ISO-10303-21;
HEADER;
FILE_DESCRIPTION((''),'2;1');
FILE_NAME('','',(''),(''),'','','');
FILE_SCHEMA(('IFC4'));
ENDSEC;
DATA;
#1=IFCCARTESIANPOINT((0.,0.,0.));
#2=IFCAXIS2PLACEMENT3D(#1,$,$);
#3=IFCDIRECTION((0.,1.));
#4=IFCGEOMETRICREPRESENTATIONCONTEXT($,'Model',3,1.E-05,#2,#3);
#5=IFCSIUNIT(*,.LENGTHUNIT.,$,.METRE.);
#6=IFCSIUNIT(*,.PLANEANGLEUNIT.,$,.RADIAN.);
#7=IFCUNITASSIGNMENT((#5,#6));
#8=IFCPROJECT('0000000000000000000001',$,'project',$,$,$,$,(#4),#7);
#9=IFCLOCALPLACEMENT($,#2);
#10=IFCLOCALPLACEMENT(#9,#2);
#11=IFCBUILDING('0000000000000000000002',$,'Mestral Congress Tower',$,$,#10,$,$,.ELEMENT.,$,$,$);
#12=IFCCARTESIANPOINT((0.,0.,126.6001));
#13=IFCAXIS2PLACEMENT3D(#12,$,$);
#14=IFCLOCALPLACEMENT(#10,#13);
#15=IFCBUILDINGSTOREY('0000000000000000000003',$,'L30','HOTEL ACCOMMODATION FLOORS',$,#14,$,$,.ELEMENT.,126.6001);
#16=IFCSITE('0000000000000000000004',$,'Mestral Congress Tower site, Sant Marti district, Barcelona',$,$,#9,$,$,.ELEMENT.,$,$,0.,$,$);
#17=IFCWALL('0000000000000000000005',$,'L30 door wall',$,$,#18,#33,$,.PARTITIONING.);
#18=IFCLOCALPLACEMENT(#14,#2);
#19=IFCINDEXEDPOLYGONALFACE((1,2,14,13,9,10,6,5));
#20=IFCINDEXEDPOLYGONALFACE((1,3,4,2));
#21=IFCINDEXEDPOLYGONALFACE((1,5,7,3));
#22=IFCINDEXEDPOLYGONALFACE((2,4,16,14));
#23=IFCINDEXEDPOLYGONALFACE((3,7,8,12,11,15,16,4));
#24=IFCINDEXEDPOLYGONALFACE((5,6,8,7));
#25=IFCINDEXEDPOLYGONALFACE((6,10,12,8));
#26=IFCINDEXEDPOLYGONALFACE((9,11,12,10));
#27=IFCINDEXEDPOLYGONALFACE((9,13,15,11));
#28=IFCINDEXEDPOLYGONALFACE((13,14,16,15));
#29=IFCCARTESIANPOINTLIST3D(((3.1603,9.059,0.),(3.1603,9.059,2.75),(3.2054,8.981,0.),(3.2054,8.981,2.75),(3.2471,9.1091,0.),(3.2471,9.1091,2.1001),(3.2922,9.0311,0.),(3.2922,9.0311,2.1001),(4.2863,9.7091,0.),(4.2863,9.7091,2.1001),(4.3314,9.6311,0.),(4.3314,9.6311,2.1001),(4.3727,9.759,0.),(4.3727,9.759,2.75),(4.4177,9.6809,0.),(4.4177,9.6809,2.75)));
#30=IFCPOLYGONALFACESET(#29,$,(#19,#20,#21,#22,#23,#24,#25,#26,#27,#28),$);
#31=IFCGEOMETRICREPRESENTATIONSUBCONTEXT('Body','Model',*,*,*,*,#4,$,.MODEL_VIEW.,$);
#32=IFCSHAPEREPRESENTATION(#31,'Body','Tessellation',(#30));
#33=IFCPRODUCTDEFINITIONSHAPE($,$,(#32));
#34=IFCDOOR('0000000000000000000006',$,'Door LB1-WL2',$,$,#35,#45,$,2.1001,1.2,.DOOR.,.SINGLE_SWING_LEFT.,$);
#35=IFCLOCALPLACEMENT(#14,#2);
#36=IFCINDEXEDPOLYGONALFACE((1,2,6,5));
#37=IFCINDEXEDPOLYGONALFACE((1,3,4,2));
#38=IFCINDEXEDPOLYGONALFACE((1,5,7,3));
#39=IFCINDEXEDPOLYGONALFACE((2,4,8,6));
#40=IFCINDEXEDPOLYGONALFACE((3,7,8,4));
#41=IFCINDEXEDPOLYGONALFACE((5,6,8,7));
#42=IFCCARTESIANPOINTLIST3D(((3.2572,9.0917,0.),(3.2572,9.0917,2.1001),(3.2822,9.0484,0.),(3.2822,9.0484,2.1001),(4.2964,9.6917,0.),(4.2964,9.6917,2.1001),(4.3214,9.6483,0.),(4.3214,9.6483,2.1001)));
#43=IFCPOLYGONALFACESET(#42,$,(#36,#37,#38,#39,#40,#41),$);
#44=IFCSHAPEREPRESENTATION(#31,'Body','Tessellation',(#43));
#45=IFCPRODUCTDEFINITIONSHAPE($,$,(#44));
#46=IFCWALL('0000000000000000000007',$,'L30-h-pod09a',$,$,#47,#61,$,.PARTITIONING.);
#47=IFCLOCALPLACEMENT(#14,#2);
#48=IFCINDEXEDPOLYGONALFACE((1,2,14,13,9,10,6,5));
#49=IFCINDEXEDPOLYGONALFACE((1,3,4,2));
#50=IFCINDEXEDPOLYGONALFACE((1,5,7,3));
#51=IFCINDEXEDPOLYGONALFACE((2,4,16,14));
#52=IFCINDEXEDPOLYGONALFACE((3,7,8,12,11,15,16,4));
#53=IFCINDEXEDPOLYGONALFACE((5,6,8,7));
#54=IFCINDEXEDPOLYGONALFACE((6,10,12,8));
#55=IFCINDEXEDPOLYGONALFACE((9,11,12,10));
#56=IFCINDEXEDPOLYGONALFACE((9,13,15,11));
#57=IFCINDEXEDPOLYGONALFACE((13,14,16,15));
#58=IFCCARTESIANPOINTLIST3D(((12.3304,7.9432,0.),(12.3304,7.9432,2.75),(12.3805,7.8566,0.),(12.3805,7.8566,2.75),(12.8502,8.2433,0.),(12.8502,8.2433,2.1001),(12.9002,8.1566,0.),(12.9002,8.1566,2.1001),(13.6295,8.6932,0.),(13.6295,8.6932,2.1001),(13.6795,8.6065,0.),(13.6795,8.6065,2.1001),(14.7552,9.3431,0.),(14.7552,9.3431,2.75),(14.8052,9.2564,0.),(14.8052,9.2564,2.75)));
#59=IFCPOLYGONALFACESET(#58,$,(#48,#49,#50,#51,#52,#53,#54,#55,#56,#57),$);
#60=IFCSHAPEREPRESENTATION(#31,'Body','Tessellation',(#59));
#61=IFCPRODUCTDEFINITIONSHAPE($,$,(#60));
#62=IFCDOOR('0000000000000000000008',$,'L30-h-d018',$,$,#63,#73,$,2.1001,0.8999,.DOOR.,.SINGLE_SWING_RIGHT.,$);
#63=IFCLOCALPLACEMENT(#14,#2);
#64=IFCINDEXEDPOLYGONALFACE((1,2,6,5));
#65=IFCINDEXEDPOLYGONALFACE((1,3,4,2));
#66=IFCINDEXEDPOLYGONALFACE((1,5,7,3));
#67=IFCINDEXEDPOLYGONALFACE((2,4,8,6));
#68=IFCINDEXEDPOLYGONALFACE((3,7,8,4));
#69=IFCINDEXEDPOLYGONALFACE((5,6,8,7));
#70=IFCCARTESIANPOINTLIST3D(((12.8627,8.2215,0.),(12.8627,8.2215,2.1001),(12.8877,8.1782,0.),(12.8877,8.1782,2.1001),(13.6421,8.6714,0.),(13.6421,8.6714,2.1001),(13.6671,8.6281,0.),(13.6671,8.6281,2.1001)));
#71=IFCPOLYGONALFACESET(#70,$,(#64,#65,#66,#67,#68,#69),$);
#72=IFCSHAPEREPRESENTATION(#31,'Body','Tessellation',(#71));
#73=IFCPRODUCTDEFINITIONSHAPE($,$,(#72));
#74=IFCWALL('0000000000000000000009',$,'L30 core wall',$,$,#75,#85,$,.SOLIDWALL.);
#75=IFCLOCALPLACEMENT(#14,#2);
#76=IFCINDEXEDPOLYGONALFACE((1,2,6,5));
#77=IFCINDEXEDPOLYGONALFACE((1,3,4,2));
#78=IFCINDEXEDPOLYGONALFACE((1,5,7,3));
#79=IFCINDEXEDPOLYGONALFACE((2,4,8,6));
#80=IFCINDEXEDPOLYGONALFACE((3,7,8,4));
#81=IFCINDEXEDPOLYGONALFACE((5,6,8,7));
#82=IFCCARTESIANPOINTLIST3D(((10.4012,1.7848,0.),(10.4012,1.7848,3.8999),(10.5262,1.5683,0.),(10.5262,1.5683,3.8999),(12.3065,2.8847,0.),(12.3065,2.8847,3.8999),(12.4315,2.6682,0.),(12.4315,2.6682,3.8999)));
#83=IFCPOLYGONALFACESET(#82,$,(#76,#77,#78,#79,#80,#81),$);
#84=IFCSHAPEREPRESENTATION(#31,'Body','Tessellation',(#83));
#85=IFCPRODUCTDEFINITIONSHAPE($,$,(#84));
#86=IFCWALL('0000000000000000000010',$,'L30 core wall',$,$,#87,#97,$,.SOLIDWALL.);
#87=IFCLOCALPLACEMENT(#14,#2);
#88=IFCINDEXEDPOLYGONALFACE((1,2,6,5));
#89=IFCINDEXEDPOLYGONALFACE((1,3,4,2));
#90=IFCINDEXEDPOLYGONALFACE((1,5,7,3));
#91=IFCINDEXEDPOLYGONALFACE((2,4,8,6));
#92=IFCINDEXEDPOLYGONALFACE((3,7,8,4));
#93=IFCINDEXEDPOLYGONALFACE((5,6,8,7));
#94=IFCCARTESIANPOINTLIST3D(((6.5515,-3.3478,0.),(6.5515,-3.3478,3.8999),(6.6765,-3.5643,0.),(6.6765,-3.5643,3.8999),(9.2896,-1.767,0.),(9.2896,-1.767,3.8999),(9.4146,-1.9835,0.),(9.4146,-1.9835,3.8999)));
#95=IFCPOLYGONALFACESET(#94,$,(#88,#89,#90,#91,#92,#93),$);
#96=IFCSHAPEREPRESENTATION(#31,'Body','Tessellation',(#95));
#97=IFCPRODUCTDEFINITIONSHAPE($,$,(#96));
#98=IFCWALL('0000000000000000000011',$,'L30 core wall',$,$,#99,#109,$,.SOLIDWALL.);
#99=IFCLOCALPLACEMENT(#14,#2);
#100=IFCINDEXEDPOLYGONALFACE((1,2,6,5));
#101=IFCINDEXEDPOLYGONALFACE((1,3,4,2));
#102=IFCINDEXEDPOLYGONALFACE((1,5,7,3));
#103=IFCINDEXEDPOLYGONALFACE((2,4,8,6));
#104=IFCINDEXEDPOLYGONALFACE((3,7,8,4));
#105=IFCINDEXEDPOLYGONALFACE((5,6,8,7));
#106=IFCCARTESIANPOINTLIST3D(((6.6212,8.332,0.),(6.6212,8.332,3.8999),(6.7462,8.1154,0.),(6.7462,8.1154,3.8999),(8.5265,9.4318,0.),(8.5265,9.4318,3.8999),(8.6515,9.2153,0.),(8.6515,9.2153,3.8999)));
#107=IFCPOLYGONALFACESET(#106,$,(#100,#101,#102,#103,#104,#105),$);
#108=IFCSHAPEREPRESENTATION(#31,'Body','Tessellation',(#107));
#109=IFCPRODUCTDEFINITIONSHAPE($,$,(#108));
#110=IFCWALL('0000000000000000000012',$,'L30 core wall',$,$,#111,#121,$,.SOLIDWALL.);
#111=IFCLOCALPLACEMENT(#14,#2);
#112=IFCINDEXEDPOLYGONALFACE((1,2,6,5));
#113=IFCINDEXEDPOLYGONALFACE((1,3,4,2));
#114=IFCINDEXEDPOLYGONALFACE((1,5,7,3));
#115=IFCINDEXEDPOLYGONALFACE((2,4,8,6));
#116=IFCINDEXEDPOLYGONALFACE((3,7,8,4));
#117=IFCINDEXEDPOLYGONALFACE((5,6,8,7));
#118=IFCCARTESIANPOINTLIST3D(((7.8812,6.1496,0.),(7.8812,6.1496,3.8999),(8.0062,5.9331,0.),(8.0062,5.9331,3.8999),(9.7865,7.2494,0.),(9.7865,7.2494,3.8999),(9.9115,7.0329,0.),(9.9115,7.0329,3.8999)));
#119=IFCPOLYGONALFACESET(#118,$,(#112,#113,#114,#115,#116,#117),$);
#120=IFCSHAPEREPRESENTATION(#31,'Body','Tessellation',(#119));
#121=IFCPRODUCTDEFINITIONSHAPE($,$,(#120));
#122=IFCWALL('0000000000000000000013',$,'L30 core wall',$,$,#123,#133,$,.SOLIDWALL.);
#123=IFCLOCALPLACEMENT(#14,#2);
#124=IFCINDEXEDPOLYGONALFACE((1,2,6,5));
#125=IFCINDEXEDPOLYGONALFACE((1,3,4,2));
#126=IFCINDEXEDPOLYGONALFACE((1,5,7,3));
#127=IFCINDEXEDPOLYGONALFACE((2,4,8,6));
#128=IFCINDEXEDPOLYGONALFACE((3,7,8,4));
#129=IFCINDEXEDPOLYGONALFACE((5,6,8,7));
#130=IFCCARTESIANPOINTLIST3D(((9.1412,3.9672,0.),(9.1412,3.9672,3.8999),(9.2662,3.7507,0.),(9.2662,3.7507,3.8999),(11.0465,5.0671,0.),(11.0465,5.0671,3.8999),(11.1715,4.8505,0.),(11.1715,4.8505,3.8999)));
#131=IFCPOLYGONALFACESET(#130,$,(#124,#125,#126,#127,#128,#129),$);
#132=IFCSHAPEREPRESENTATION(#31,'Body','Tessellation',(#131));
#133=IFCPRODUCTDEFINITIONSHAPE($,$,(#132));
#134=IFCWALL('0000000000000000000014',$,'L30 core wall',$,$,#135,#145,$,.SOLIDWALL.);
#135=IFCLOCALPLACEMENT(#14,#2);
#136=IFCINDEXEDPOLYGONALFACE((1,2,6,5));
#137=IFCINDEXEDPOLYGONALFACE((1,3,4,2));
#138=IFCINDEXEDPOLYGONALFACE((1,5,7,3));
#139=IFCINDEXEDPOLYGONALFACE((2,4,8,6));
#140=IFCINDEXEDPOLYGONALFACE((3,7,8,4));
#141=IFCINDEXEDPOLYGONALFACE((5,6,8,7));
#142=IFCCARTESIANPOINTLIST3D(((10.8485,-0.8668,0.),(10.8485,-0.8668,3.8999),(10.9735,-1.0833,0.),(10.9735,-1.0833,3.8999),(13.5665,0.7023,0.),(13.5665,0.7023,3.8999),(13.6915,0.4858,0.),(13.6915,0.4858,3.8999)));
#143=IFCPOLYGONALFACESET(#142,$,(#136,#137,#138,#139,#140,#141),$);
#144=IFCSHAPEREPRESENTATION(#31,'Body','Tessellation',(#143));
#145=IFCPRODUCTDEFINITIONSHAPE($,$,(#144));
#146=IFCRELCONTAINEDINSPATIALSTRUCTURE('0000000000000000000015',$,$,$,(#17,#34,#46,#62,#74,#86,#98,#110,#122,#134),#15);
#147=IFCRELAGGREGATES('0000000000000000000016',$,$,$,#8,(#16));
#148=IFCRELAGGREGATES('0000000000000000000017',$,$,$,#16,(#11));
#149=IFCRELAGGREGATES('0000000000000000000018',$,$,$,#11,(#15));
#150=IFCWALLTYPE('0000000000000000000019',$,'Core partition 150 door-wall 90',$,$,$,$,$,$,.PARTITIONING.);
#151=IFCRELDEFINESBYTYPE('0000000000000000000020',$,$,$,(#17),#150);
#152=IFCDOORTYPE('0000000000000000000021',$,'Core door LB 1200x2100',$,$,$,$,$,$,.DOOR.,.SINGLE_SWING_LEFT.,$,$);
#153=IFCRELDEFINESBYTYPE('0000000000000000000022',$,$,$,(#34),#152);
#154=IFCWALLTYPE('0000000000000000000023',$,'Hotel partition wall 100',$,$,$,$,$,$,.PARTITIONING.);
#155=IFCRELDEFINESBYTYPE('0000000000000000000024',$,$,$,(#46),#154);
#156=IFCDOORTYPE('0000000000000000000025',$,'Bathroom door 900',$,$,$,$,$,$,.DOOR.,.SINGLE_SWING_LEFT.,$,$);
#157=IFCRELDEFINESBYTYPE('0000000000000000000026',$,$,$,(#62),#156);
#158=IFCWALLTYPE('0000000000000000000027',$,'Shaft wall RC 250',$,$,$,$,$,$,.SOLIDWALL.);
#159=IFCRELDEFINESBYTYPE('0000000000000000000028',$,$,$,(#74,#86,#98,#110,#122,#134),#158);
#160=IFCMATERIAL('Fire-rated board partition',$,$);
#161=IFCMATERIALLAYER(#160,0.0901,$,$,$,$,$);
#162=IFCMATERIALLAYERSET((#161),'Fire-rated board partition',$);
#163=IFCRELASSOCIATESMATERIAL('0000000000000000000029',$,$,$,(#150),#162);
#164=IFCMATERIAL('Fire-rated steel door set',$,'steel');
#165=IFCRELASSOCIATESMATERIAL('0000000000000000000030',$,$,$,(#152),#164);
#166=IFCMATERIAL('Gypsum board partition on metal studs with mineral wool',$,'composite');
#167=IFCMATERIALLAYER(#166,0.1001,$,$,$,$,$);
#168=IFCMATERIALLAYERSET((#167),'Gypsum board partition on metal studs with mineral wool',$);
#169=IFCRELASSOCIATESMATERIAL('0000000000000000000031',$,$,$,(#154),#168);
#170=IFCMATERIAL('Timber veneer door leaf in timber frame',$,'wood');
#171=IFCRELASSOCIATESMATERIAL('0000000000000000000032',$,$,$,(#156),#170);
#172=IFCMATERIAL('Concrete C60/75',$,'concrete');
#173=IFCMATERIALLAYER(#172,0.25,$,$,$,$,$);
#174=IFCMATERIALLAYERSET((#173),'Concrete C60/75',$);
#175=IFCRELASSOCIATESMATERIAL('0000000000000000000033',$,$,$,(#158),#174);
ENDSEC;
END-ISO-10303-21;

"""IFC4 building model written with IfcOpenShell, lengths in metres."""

from ifc_helpers import new_model, si_unit, direction, frame, frame_2d, origin, place, context, subcontext, project, spatial, rectangle, extrude, material, layer, layer_set, type_object, element, fill, save


model = new_model("IFC4")

# Units and contexts
model_context = context("Model", 3, precision=1e-05, world=origin(), true_north=direction((0.0, 1.0)))
body_context = subcontext(model_context, "Body", "Model", "MODEL_VIEW")
ifc_project = project(units=[si_unit("LENGTHUNIT", "METRE"), si_unit("PLANEANGLEUNIT", "RADIAN")], contexts=[model_context])

# Site, building, storey
site_placement = place(None, origin())
site = spatial("IfcSite", under=ifc_project, at=site_placement, Name="Mestral Congress Tower site, Sant Marti district, Barcelona", CompositionType="ELEMENT", RefElevation=0.0)
building_placement = place(site_placement, origin())
building = spatial("IfcBuilding", under=site, at=building_placement, Name="Mestral Congress Tower", CompositionType="ELEMENT")
storey_placement = place(building_placement, frame((0.0, 0.0, 126.6001)))
storey = spatial("IfcBuildingStorey", under=building, at=storey_placement, Name="L30", Description="HOTEL ACCOMMODATION FLOORS", CompositionType="ELEMENT", Elevation=126.6001)

# Walls, openings, doors
ifc_material_1 = material(Name="Fire-rated board partition")
ifc_layer_1 = layer(ifc_material_1, 0.0901)
ifc_layer_set_1 = layer_set([ifc_layer_1], Name="Fire-rated board partition")
wall_type_1 = type_object("IfcWallType", Name="Core partition 150 door-wall 90", PredefinedType="PARTITIONING", material=ifc_layer_set_1)
wall_1_placement = place(storey_placement, frame((3.1829, 9.02, 0.0), z_axis=(0.0, 0.0, 1.0), x_axis=(0.866035, 0.499984, 0.0)))
wall_1 = element("IfcWall", 1, at=wall_1_placement, inside=storey, type_object=wall_type_1, Name="L30 door wall", PredefinedType="PARTITIONING", context=body_context, shape_type="SweptSolid", body=[
    extrude(rectangle(XDim=1.3999, YDim=0.0901, at=frame_2d((0.7, 0.0))), origin(), (0.0, 0.0, 1.0), 2.75),
])
opening_1_placement = place(wall_1_placement, frame((0.1001, 0.0, 0.0)))
opening_1 = element("IfcOpeningElement", 2, at=opening_1_placement, cuts=wall_1, PredefinedType="OPENING", context=body_context, shape_type="SweptSolid", body=[
    extrude(rectangle(XDim=1.2, YDim=2.1001, at=frame_2d((0.6001, 1.05))), frame((0.0, 0.0549, 0.0), z_axis=(0.0, -1.0, 0.0), x_axis=(1.0, 0.0, 0.0)), (0.0, 0.0, 1.0), 0.1101),
])
ifc_material_2 = material(Name="Fire-rated steel door set", Category="steel")
door_type_1 = type_object("IfcDoorType", Name="Core door LB 1200x2100", OperationType="SINGLE_SWING_LEFT", PredefinedType="DOOR", material=ifc_material_2)
door_1_placement = place(opening_1_placement, origin())
door_1 = element("IfcDoor", 3, at=door_1_placement, inside=storey, type_object=door_type_1, Name="Door LB1-WL2", OperationType="SINGLE_SWING_LEFT", OverallHeight=2.1001, OverallWidth=1.2, PredefinedType="DOOR", context=body_context, shape_type="SweptSolid", body=[
    extrude(rectangle(XDim=1.2, YDim=2.1001, at=frame_2d((0.6001, 1.05))), frame((0.0, 0.0249, 0.0), z_axis=(0.0, -1.0, 0.0), x_axis=(1.0, 0.0, 0.0)), (0.0, 0.0, 1.0), 0.05),
])
fill(opening_1, door_1)
ifc_material_3 = material(Name="Gypsum board partition on metal studs with mineral wool", Category="composite")
ifc_layer_2 = layer(ifc_material_3, 0.1001)
ifc_layer_set_2 = layer_set([ifc_layer_2], Name="Gypsum board partition on metal studs with mineral wool")
wall_type_2 = type_object("IfcWallType", Name="Hotel partition wall 100", PredefinedType="PARTITIONING", material=ifc_layer_set_2)
wall_2_placement = place(storey_placement, frame((12.3555, 7.8999, 0.0), z_axis=(0.0, 0.0, 1.0), x_axis=(0.866035, 0.499984, 0.0)))
wall_2 = element("IfcWall", 4, at=wall_2_placement, inside=storey, type_object=wall_type_2, Name="L30-h-pod09a", PredefinedType="PARTITIONING", context=body_context, shape_type="SweptSolid", body=[
    extrude(rectangle(XDim=2.7998, YDim=0.1001, at=frame_2d((1.3999, 0.0))), origin(), (0.0, 0.0, 1.0), 2.75),
])
opening_2_placement = place(wall_2_placement, frame((0.6001, 0.0, 0.0)))
opening_2 = element("IfcOpeningElement", 5, at=opening_2_placement, cuts=wall_2, PredefinedType="OPENING", context=body_context, shape_type="SweptSolid", body=[
    extrude(rectangle(XDim=0.8999, YDim=2.1001, at=frame_2d((0.45, 1.05))), frame((0.0, 0.0601, 0.0), z_axis=(0.0, -1.0, 0.0), x_axis=(1.0, 0.0, 0.0)), (0.0, 0.0, 1.0), 0.1201),
])
ifc_material_4 = material(Name="Timber veneer door leaf in timber frame", Category="wood")
door_type_2 = type_object("IfcDoorType", Name="Bathroom door 900", OperationType="SINGLE_SWING_LEFT", PredefinedType="DOOR", material=ifc_material_4)
door_2_placement = place(opening_2_placement, origin())
door_2 = element("IfcDoor", 6, at=door_2_placement, inside=storey, type_object=door_type_2, Name="L30-h-d018", OperationType="SINGLE_SWING_RIGHT", OverallHeight=2.1001, OverallWidth=0.8999, PredefinedType="DOOR", context=body_context, shape_type="SweptSolid", body=[
    extrude(rectangle(XDim=0.8999, YDim=2.1001, at=frame_2d((0.45, 1.05))), frame((0.0, 0.0249, 0.0), z_axis=(0.0, -1.0, 0.0), x_axis=(1.0, 0.0, 0.0)), (0.0, 0.0, 1.0), 0.05),
])
fill(opening_2, door_2)

# Walls
ifc_material_5 = material(Name="Concrete C60/75", Category="concrete")
ifc_layer_3 = layer(ifc_material_5, 0.25)
ifc_layer_set_3 = layer_set([ifc_layer_3], Name="Concrete C60/75")
wall_type_3 = type_object("IfcWallType", Name="Shaft wall RC 250", PredefinedType="SOLIDWALL", material=ifc_layer_set_3)
wall_3_placement = place(storey_placement, frame((10.4636, 1.6765, 0.0), z_axis=(0.0, 0.0, 1.0), x_axis=(0.866056, 0.499947, 0.0)))
element("IfcWall", 7, at=wall_3_placement, inside=storey, type_object=wall_type_3, Name="L30 core wall", PredefinedType="SOLIDWALL", context=body_context, shape_type="SweptSolid", body=[
    extrude(rectangle(XDim=2.2, YDim=0.25, at=frame_2d((1.1001, 0.0))), origin(), (0.0, 0.0, 1.0), 3.8999),
])
wall_4_placement = place(storey_placement, frame((9.3521, -1.8752, 0.0), z_axis=(0.0, 0.0, 1.0), x_axis=(-0.866025, -0.500001, 0.0)))
element("IfcWall", 8, at=wall_4_placement, inside=storey, type_object=wall_type_3, Name="L30 core wall", PredefinedType="SOLIDWALL", context=body_context, shape_type="SweptSolid", body=[
    extrude(rectangle(XDim=3.1616, YDim=0.25, at=frame_2d((1.5808, 0.0))), origin(), (0.0, 0.0, 1.0), 3.8999),
])
for number, where, z_axis, x_axis, name in (
    (9, (6.6836, 8.2236, 0.0), (0.0, 0.0, 1.0), (0.866056, 0.499947, 0.0), "L30 core wall"),
    (10, (7.9436, 6.0413, 0.0), (0.0, 0.0, 1.0), (0.866056, 0.499947, 0.0), "L30 core wall"),
    (11, (9.2036, 3.8589, 0.0), (0.0, 0.0, 1.0), (0.866056, 0.499947, 0.0), "L30 core wall"),
):
    element("IfcWall", number, at=place(storey_placement, frame(where, z_axis=z_axis, x_axis=x_axis)), inside=storey, type_object=wall_type_3, Name=name, PredefinedType="SOLIDWALL", context=body_context, shape_type="SweptSolid", body=[
        extrude(rectangle(XDim=2.2, YDim=0.25, at=frame_2d((1.1001, 0.0))), origin(), (0.0, 0.0, 1.0), 3.8999),
    ])
wall_5_placement = place(storey_placement, frame((10.9109, -0.9751, 0.0), z_axis=(0.0, 0.0, 1.0), x_axis=(0.866047, 0.499963, 0.0)))
element("IfcWall", 12, at=wall_5_placement, inside=storey, type_object=wall_type_3, Name="L30 core wall", PredefinedType="SOLIDWALL", context=body_context, shape_type="SweptSolid", body=[
    extrude(rectangle(XDim=3.1384, YDim=0.25, at=frame_2d((1.5693, 0.0))), origin(), (0.0, 0.0, 1.0), 3.8999),
])

save(model, "model.ifc")
